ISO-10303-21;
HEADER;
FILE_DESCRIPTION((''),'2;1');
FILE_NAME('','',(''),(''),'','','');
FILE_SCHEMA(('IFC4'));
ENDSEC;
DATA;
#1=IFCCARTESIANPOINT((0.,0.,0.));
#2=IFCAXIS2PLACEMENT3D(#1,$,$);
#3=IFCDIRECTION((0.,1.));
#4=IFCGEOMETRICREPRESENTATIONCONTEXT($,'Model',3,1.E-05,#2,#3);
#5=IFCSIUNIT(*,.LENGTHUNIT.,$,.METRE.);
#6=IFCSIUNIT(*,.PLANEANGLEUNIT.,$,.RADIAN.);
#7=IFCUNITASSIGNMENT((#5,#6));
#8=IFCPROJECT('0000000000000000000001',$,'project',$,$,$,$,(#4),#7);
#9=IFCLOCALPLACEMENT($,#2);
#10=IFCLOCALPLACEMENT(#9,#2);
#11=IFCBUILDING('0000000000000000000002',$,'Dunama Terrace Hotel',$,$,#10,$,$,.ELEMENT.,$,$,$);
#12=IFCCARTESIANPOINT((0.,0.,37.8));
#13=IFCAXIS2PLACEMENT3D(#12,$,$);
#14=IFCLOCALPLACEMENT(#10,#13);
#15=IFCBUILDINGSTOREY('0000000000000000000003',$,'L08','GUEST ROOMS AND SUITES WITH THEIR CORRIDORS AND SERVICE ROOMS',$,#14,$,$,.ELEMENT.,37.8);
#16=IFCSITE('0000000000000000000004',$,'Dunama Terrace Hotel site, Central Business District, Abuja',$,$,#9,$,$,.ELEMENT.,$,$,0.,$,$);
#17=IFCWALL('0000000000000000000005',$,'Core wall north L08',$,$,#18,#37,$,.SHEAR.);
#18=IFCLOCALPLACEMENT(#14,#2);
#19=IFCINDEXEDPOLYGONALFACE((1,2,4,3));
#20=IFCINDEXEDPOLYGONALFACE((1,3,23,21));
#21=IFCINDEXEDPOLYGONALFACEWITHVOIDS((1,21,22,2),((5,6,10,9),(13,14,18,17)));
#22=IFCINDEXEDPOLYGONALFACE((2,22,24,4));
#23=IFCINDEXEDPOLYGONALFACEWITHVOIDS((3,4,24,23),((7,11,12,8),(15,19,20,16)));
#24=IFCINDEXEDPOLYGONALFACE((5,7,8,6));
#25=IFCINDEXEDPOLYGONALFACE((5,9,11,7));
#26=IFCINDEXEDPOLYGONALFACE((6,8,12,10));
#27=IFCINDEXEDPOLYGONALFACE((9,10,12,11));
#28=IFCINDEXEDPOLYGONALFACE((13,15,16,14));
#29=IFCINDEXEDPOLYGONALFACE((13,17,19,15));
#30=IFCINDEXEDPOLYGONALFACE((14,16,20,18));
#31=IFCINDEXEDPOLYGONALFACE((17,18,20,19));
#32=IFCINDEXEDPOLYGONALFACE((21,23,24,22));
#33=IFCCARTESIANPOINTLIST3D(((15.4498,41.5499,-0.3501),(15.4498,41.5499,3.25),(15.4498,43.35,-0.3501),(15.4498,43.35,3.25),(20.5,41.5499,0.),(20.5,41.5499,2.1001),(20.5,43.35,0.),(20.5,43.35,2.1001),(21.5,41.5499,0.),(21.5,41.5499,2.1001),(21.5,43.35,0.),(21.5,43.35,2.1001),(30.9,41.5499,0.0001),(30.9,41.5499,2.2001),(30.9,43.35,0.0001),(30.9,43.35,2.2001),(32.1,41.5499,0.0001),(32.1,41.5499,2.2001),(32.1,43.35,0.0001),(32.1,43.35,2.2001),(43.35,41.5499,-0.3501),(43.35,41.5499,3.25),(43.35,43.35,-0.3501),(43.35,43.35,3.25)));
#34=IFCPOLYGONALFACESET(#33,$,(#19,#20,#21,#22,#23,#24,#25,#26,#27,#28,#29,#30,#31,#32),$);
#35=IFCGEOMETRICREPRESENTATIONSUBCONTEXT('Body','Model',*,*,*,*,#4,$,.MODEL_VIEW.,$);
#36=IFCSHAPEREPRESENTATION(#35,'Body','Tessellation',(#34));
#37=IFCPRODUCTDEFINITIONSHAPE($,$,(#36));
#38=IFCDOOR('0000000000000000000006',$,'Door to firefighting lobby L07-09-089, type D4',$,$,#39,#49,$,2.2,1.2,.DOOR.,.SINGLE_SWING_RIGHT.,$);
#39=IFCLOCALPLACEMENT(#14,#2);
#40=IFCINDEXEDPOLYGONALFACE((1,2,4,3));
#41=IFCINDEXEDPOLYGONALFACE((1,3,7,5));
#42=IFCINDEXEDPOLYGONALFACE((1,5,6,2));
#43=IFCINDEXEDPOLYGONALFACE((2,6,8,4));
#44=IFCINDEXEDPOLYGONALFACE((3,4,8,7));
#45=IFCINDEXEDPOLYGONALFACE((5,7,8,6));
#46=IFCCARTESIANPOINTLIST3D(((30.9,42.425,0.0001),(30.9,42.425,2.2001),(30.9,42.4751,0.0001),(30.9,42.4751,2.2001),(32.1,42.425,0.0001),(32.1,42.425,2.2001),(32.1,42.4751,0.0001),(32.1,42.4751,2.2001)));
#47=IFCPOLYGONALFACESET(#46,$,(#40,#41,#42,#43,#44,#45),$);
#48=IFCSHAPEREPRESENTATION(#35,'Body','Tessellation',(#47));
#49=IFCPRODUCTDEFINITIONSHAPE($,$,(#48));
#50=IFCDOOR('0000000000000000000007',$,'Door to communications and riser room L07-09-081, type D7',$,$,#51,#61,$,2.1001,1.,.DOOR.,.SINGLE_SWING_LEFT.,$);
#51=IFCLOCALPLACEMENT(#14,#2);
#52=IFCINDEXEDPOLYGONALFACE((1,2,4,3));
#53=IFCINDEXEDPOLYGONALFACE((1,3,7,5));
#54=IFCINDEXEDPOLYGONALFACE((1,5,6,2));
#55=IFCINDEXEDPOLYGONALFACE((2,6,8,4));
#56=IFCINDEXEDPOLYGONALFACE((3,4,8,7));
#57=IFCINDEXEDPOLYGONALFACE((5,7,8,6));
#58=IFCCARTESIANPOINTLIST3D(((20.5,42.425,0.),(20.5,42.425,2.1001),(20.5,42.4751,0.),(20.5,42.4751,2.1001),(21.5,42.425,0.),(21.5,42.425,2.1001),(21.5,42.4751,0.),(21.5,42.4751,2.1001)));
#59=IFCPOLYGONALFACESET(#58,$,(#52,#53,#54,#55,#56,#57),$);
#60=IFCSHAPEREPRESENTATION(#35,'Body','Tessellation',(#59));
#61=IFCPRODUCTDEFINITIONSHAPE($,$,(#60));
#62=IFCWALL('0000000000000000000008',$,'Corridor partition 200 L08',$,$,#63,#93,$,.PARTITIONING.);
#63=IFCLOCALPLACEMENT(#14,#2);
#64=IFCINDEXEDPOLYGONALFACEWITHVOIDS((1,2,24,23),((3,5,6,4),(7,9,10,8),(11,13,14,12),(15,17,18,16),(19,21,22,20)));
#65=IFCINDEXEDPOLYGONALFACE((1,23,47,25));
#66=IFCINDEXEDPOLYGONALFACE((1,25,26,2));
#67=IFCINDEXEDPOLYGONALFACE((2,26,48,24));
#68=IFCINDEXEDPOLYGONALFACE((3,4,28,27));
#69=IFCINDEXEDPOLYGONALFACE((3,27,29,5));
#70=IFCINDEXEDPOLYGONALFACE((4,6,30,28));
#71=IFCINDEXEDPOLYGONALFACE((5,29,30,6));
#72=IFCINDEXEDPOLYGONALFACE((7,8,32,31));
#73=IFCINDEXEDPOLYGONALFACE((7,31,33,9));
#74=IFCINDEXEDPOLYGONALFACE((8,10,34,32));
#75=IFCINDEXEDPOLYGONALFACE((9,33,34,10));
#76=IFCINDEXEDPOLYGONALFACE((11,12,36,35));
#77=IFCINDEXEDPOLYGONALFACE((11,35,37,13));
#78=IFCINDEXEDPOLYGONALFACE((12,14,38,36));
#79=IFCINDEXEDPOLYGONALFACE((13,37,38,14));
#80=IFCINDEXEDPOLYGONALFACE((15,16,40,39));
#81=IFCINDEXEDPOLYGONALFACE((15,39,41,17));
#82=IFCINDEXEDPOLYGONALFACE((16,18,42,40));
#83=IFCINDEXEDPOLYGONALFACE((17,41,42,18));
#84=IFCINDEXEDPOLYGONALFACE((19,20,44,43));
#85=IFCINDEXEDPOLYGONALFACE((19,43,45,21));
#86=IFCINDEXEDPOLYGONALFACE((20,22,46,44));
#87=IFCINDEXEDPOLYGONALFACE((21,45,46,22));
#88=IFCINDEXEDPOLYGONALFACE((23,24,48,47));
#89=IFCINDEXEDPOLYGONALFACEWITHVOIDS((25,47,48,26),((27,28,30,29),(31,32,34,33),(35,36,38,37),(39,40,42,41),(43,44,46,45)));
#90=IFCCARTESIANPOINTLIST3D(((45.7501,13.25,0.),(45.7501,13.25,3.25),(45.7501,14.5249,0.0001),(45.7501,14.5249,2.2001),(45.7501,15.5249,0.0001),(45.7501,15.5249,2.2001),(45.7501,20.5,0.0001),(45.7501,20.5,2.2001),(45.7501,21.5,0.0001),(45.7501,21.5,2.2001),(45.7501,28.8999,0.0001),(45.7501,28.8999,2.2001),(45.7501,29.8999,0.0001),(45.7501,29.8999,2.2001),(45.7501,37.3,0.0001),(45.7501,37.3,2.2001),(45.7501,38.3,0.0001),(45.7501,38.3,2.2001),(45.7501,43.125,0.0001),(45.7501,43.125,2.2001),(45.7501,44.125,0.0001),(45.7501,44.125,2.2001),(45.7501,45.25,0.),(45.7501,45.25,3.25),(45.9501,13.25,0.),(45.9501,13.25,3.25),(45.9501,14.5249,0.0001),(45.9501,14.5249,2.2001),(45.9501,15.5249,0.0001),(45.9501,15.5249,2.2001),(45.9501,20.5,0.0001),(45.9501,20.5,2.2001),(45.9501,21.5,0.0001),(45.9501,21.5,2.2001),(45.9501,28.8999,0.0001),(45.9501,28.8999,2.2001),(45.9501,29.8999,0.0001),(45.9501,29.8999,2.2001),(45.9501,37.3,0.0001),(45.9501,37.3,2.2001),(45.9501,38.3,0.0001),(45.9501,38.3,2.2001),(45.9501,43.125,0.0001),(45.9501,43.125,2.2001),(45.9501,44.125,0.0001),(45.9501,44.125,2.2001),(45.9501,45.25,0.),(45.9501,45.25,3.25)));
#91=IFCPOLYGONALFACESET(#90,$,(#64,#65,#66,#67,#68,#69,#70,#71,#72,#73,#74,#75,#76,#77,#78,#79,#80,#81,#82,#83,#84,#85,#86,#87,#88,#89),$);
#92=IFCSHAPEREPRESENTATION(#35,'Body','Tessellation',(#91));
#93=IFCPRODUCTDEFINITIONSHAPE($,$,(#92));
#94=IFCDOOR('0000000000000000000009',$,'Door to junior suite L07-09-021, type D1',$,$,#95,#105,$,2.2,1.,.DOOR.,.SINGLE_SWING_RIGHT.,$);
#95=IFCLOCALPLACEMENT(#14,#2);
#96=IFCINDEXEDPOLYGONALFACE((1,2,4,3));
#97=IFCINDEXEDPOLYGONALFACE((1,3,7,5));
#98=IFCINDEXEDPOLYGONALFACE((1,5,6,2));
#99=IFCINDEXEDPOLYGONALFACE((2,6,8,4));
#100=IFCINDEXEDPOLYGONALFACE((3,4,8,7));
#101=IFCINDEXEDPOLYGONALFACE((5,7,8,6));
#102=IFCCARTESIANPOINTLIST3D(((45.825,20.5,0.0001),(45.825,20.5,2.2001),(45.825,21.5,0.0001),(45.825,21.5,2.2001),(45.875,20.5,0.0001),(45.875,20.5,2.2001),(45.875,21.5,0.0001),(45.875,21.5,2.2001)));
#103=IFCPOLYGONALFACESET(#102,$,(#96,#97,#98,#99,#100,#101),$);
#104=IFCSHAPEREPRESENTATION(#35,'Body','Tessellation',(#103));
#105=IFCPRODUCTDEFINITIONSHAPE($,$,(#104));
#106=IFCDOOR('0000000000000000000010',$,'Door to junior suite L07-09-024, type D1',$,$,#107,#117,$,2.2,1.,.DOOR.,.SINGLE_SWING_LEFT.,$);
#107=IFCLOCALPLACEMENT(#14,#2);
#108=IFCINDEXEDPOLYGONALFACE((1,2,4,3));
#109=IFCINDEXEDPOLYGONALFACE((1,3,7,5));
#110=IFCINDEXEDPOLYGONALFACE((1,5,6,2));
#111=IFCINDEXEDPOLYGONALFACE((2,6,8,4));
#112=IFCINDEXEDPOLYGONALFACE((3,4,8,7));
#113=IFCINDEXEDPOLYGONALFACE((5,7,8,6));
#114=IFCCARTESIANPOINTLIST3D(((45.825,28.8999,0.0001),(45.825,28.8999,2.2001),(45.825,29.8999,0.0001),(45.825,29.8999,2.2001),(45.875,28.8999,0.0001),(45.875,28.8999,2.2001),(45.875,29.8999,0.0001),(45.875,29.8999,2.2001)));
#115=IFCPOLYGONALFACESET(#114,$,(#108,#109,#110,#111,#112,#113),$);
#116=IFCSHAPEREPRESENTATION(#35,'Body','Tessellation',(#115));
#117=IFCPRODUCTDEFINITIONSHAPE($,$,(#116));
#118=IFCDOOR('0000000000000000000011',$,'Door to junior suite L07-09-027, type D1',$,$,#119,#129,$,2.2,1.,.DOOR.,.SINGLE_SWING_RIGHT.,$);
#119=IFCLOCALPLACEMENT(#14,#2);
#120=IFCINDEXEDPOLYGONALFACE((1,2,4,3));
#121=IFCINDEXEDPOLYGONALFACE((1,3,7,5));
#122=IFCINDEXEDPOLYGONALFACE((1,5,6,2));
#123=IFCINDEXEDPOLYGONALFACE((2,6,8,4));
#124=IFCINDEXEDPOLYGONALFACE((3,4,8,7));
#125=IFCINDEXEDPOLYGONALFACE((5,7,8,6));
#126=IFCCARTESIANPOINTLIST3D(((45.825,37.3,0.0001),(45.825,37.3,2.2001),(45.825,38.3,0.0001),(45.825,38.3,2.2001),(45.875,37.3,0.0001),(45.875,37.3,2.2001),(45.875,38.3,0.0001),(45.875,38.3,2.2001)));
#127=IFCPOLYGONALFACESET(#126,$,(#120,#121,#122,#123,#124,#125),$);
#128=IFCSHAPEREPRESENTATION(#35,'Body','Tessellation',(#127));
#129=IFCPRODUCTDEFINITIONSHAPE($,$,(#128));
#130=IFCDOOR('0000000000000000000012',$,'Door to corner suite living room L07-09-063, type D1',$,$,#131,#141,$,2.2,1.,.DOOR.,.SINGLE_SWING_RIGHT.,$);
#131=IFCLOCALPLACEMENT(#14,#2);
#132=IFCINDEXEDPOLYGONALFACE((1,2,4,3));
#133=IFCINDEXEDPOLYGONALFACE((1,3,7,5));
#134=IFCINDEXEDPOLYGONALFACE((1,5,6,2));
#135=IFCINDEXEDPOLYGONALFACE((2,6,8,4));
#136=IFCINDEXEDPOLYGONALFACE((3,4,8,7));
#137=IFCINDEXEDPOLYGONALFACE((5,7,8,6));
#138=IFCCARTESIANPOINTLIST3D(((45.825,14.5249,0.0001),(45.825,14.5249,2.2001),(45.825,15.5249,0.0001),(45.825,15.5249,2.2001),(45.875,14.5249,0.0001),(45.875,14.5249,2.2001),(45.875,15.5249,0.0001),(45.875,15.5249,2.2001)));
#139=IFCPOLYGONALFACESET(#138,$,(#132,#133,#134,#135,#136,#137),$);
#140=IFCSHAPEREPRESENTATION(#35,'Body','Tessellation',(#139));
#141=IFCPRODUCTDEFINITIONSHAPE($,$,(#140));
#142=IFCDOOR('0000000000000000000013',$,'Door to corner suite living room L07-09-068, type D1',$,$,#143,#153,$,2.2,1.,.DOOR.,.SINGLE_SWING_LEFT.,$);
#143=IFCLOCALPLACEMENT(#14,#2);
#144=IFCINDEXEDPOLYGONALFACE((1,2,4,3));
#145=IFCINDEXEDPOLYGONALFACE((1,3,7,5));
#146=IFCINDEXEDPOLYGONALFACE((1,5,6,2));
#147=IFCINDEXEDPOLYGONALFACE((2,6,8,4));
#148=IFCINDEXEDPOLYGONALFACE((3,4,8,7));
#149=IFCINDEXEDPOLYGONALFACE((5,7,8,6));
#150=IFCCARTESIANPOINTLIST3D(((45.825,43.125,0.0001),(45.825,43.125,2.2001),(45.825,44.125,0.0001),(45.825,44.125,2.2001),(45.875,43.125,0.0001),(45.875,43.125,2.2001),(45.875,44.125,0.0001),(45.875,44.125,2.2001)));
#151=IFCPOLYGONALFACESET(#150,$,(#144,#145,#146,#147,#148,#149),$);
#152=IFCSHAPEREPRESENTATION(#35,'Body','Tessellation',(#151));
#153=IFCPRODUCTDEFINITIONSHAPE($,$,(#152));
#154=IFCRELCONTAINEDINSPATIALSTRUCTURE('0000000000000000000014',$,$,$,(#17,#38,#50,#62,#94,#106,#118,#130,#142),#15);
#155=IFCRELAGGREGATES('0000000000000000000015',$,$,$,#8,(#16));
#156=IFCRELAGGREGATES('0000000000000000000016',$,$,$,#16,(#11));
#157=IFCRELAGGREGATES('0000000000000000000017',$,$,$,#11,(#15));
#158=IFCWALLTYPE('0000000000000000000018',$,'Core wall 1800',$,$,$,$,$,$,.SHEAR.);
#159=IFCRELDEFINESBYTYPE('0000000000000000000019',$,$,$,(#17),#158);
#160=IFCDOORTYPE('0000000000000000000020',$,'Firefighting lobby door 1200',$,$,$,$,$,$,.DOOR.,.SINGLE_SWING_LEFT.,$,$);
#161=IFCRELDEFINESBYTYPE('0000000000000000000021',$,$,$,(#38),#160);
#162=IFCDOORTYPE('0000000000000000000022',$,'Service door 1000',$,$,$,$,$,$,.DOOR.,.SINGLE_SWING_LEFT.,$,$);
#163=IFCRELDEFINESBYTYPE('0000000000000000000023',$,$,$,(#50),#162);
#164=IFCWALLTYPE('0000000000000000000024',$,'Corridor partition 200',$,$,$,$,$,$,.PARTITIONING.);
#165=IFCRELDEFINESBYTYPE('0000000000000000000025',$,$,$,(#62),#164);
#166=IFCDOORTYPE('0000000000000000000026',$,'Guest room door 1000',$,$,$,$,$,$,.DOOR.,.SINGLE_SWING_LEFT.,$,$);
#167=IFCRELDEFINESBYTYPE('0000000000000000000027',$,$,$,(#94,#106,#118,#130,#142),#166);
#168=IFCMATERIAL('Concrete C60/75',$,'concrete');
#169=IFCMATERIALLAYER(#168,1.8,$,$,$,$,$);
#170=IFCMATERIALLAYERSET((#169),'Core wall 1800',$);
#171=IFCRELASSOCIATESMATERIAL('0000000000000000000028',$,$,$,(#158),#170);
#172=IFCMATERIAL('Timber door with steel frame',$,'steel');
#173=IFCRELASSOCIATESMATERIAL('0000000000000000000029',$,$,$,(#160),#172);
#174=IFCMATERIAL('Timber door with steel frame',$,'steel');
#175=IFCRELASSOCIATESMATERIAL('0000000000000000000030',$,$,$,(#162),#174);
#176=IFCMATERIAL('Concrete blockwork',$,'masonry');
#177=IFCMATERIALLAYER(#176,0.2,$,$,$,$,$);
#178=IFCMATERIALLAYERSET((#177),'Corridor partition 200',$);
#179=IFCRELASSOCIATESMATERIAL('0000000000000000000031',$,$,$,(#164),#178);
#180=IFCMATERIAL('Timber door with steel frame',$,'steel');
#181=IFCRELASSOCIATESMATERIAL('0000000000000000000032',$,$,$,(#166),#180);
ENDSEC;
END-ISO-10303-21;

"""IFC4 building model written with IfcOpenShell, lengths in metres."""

from ifc_helpers import new_model, si_unit, direction, frame, frame_2d, origin, place, context, subcontext, project, spatial, rectangle, extrude, material, layer, layer_set, type_object, element, fill, save


model = new_model("IFC4")

# Units and contexts
model_context = context("Model", 3, precision=1e-05, world=origin(), true_north=direction((0.0, 1.0)))
body_context = subcontext(model_context, "Body", "Model", "MODEL_VIEW")
ifc_project = project(units=[si_unit("LENGTHUNIT", "METRE"), si_unit("PLANEANGLEUNIT", "RADIAN")], contexts=[model_context])

# Site, building, storey
site_placement = place(None, origin())
site = spatial("IfcSite", under=ifc_project, at=site_placement, Name="Dunama Terrace Hotel site, Central Business District, Abuja", CompositionType="ELEMENT", RefElevation=0.0)
building_placement = place(site_placement, origin())
building = spatial("IfcBuilding", under=site, at=building_placement, Name="Dunama Terrace Hotel", CompositionType="ELEMENT")
storey_placement = place(building_placement, frame((0.0, 0.0, 37.8)))
storey = spatial("IfcBuildingStorey", under=building, at=storey_placement, Name="L08", Description="GUEST ROOMS AND SUITES WITH THEIR CORRIDORS AND SERVICE ROOMS", CompositionType="ELEMENT", Elevation=37.8)

# Walls, openings, doors
ifc_material_1 = material(Name="Concrete C60/75", Category="concrete")
ifc_layer_1 = layer(ifc_material_1, 1.8)
ifc_layer_set_1 = layer_set([ifc_layer_1], Name="Core wall 1800")
wall_type_1 = type_object("IfcWallType", Name="Core wall 1800", PredefinedType="SHEAR", material=ifc_layer_set_1)
wall_1_placement = place(storey_placement, frame((43.3501, 42.45, -0.3501), z_axis=(0.0, 0.0, 1.0), x_axis=(-1.0, 0.0, 0.0)))
wall_1 = element("IfcWall", 1, at=wall_1_placement, inside=storey, type_object=wall_type_1, Name="Core wall north L08", PredefinedType="SHEAR", context=body_context, shape_type="SweptSolid", body=[
    extrude(rectangle(XDim=27.9001, YDim=1.8, at=frame_2d((13.9502, 0.0))), origin(), (0.0, 0.0, 1.0), 3.6001),
])
opening_1_placement = place(wall_1_placement, frame((21.8501, 0.0, 0.3501)))
opening_1 = element("IfcOpeningElement", 2, at=opening_1_placement, cuts=wall_1, PredefinedType="OPENING", context=body_context, shape_type="SweptSolid", body=[
    extrude(rectangle(XDim=1.0, YDim=2.1001, at=frame_2d((0.5, 1.05))), frame((0.0, 0.9099, 0.0), z_axis=(0.0, -1.0, 0.0), x_axis=(1.0, 0.0, 0.0)), (0.0, 0.0, 1.0), 1.8201),
])
opening_2_placement = place(wall_1_placement, frame((11.25, 0.0, 0.3501)))
opening_2 = element("IfcOpeningElement", 3, at=opening_2_placement, cuts=wall_1, PredefinedType="OPENING", context=body_context, shape_type="SweptSolid", body=[
    extrude(rectangle(XDim=1.2, YDim=2.2, at=frame_2d((0.6001, 1.1001))), frame((0.0, 0.9099, 0.0), z_axis=(0.0, -1.0, 0.0), x_axis=(1.0, 0.0, 0.0)), (0.0, 0.0, 1.0), 1.8201),
])
ifc_material_2 = material(Name="Timber door with steel frame", Category="steel")
door_type_1 = type_object("IfcDoorType", Name="Firefighting lobby door 1200", OperationType="SINGLE_SWING_LEFT", PredefinedType="DOOR", material=ifc_material_2)
door_1_placement = place(opening_2_placement, origin())
door_1 = element("IfcDoor", 4, at=door_1_placement, inside=storey, type_object=door_type_1, Name="Door to firefighting lobby L07-09-089, type D4", OperationType="SINGLE_SWING_RIGHT", OverallHeight=2.2, OverallWidth=1.2, PredefinedType="DOOR", context=body_context, shape_type="SweptSolid", body=[
    extrude(rectangle(XDim=1.2, YDim=2.2, at=frame_2d((0.6001, 1.1001))), frame((0.0, 0.0249, 0.0), z_axis=(0.0, -1.0, 0.0), x_axis=(1.0, 0.0, 0.0)), (0.0, 0.0, 1.0), 0.05),
])
fill(opening_2, door_1)
ifc_material_3 = material(Name="Timber door with steel frame", Category="steel")
door_type_2 = type_object("IfcDoorType", Name="Service door 1000", OperationType="SINGLE_SWING_LEFT", PredefinedType="DOOR", material=ifc_material_3)
door_2_placement = place(opening_1_placement, origin())
door_2 = element("IfcDoor", 5, at=door_2_placement, inside=storey, type_object=door_type_2, Name="Door to communications and riser room L07-09-081, type D7", OperationType="SINGLE_SWING_LEFT", OverallHeight=2.1001, OverallWidth=1.0, PredefinedType="DOOR", context=body_context, shape_type="SweptSolid", body=[
    extrude(rectangle(XDim=1.0, YDim=2.1001, at=frame_2d((0.5, 1.05))), frame((0.0, 0.0249, 0.0), z_axis=(0.0, -1.0, 0.0), x_axis=(1.0, 0.0, 0.0)), (0.0, 0.0, 1.0), 0.05),
])
fill(opening_1, door_2)
ifc_material_4 = material(Name="Concrete blockwork", Category="masonry")
ifc_layer_2 = layer(ifc_material_4, 0.2)
ifc_layer_set_2 = layer_set([ifc_layer_2], Name="Corridor partition 200")
wall_type_2 = type_object("IfcWallType", Name="Corridor partition 200", PredefinedType="PARTITIONING", material=ifc_layer_set_2)
wall_2_placement = place(storey_placement, frame((45.8501, 45.25, 0.0), z_axis=(0.0, 0.0, 1.0), x_axis=(0.0, -1.0, 0.0)))
wall_2 = element("IfcWall", 6, at=wall_2_placement, inside=storey, type_object=wall_type_2, Name="Corridor partition 200 L08", PredefinedType="PARTITIONING", context=body_context, shape_type="SweptSolid", body=[
    extrude(rectangle(XDim=32.0, YDim=0.2, at=frame_2d((16.0, 0.0))), origin(), (0.0, 0.0, 1.0), 3.25),
])
opening_3_placement = place(wall_2_placement, frame((23.75, 0.0, 0.0)))
opening_3 = element("IfcOpeningElement", 7, at=opening_3_placement, cuts=wall_2, PredefinedType="OPENING", context=body_context, shape_type="SweptSolid", body=[
    extrude(rectangle(XDim=1.0, YDim=2.2, at=frame_2d((0.5, 1.1001))), frame((0.0, 0.1099, 0.0), z_axis=(0.0, -1.0, 0.0), x_axis=(1.0, 0.0, 0.0)), (0.0, 0.0, 1.0), 0.22),
])
opening_4_placement = place(wall_2_placement, frame((15.3501, 0.0, 0.0)))
opening_4 = element("IfcOpeningElement", 8, at=opening_4_placement, cuts=wall_2, PredefinedType="OPENING", context=body_context, shape_type="SweptSolid", body=[
    extrude(rectangle(XDim=1.0, YDim=2.2, at=frame_2d((0.5, 1.1001))), frame((0.0, 0.1099, 0.0), z_axis=(0.0, -1.0, 0.0), x_axis=(1.0, 0.0, 0.0)), (0.0, 0.0, 1.0), 0.22),
])
opening_5_placement = place(wall_2_placement, frame((6.95, 0.0, 0.0)))
opening_5 = element("IfcOpeningElement", 9, at=opening_5_placement, cuts=wall_2, PredefinedType="OPENING", context=body_context, shape_type="SweptSolid", body=[
    extrude(rectangle(XDim=1.0, YDim=2.2, at=frame_2d((0.5, 1.1001))), frame((0.0, 0.1099, 0.0), z_axis=(0.0, -1.0, 0.0), x_axis=(1.0, 0.0, 0.0)), (0.0, 0.0, 1.0), 0.22),
])
opening_6_placement = place(wall_2_placement, frame((29.7251, 0.0, 0.0)))
opening_6 = element("IfcOpeningElement", 10, at=opening_6_placement, cuts=wall_2, PredefinedType="OPENING", context=body_context, shape_type="SweptSolid", body=[
    extrude(rectangle(XDim=1.0, YDim=2.2, at=frame_2d((0.5, 1.1001))), frame((0.0, 0.1099, 0.0), z_axis=(0.0, -1.0, 0.0), x_axis=(1.0, 0.0, 0.0)), (0.0, 0.0, 1.0), 0.22),
])
opening_7_placement = place(wall_2_placement, frame((1.125, 0.0, 0.0)))
opening_7 = element("IfcOpeningElement", 11, at=opening_7_placement, cuts=wall_2, PredefinedType="OPENING", context=body_context, shape_type="SweptSolid", body=[
    extrude(rectangle(XDim=1.0, YDim=2.2, at=frame_2d((0.5, 1.1001))), frame((0.0, 0.1099, 0.0), z_axis=(0.0, -1.0, 0.0), x_axis=(1.0, 0.0, 0.0)), (0.0, 0.0, 1.0), 0.22),
])
ifc_material_5 = material(Name="Timber door with steel frame", Category="steel")
door_type_3 = type_object("IfcDoorType", Name="Guest room door 1000", OperationType="SINGLE_SWING_LEFT", PredefinedType="DOOR", material=ifc_material_5)
door_3_placement = place(opening_3_placement, origin())
door_3 = element("IfcDoor", 12, at=door_3_placement, inside=storey, type_object=door_type_3, Name="Door to junior suite L07-09-021, type D1", OperationType="SINGLE_SWING_RIGHT", OverallHeight=2.2, OverallWidth=1.0, PredefinedType="DOOR", context=body_context, shape_type="SweptSolid", body=[
    extrude(rectangle(XDim=1.0, YDim=2.2, at=frame_2d((0.5, 1.1001))), frame((0.0, 0.0249, 0.0), z_axis=(0.0, -1.0, 0.0), x_axis=(1.0, 0.0, 0.0)), (0.0, 0.0, 1.0), 0.05),
])
fill(opening_3, door_3)
door_4_placement = place(opening_4_placement, origin())
door_4 = element("IfcDoor", 13, at=door_4_placement, inside=storey, type_object=door_type_3, Name="Door to junior suite L07-09-024, type D1", OperationType="SINGLE_SWING_LEFT", OverallHeight=2.2, OverallWidth=1.0, PredefinedType="DOOR", context=body_context, shape_type="SweptSolid", body=[
    extrude(rectangle(XDim=1.0, YDim=2.2, at=frame_2d((0.5, 1.1001))), frame((0.0, 0.0249, 0.0), z_axis=(0.0, -1.0, 0.0), x_axis=(1.0, 0.0, 0.0)), (0.0, 0.0, 1.0), 0.05),
])
fill(opening_4, door_4)
door_5_placement = place(opening_5_placement, origin())
door_5 = element("IfcDoor", 14, at=door_5_placement, inside=storey, type_object=door_type_3, Name="Door to junior suite L07-09-027, type D1", OperationType="SINGLE_SWING_RIGHT", OverallHeight=2.2, OverallWidth=1.0, PredefinedType="DOOR", context=body_context, shape_type="SweptSolid", body=[
    extrude(rectangle(XDim=1.0, YDim=2.2, at=frame_2d((0.5, 1.1001))), frame((0.0, 0.0249, 0.0), z_axis=(0.0, -1.0, 0.0), x_axis=(1.0, 0.0, 0.0)), (0.0, 0.0, 1.0), 0.05),
])
fill(opening_5, door_5)
door_6_placement = place(opening_6_placement, origin())
door_6 = element("IfcDoor", 15, at=door_6_placement, inside=storey, type_object=door_type_3, Name="Door to corner suite living room L07-09-063, type D1", OperationType="SINGLE_SWING_RIGHT", OverallHeight=2.2, OverallWidth=1.0, PredefinedType="DOOR", context=body_context, shape_type="SweptSolid", body=[
    extrude(rectangle(XDim=1.0, YDim=2.2, at=frame_2d((0.5, 1.1001))), frame((0.0, 0.0249, 0.0), z_axis=(0.0, -1.0, 0.0), x_axis=(1.0, 0.0, 0.0)), (0.0, 0.0, 1.0), 0.05),
])
fill(opening_6, door_6)
door_7_placement = place(opening_7_placement, origin())
door_7 = element("IfcDoor", 16, at=door_7_placement, inside=storey, type_object=door_type_3, Name="Door to corner suite living room L07-09-068, type D1", OperationType="SINGLE_SWING_LEFT", OverallHeight=2.2, OverallWidth=1.0, PredefinedType="DOOR", context=body_context, shape_type="SweptSolid", body=[
    extrude(rectangle(XDim=1.0, YDim=2.2, at=frame_2d((0.5, 1.1001))), frame((0.0, 0.0249, 0.0), z_axis=(0.0, -1.0, 0.0), x_axis=(1.0, 0.0, 0.0)), (0.0, 0.0, 1.0), 0.05),
])
fill(opening_7, door_7)

save(model, "model.ifc")
